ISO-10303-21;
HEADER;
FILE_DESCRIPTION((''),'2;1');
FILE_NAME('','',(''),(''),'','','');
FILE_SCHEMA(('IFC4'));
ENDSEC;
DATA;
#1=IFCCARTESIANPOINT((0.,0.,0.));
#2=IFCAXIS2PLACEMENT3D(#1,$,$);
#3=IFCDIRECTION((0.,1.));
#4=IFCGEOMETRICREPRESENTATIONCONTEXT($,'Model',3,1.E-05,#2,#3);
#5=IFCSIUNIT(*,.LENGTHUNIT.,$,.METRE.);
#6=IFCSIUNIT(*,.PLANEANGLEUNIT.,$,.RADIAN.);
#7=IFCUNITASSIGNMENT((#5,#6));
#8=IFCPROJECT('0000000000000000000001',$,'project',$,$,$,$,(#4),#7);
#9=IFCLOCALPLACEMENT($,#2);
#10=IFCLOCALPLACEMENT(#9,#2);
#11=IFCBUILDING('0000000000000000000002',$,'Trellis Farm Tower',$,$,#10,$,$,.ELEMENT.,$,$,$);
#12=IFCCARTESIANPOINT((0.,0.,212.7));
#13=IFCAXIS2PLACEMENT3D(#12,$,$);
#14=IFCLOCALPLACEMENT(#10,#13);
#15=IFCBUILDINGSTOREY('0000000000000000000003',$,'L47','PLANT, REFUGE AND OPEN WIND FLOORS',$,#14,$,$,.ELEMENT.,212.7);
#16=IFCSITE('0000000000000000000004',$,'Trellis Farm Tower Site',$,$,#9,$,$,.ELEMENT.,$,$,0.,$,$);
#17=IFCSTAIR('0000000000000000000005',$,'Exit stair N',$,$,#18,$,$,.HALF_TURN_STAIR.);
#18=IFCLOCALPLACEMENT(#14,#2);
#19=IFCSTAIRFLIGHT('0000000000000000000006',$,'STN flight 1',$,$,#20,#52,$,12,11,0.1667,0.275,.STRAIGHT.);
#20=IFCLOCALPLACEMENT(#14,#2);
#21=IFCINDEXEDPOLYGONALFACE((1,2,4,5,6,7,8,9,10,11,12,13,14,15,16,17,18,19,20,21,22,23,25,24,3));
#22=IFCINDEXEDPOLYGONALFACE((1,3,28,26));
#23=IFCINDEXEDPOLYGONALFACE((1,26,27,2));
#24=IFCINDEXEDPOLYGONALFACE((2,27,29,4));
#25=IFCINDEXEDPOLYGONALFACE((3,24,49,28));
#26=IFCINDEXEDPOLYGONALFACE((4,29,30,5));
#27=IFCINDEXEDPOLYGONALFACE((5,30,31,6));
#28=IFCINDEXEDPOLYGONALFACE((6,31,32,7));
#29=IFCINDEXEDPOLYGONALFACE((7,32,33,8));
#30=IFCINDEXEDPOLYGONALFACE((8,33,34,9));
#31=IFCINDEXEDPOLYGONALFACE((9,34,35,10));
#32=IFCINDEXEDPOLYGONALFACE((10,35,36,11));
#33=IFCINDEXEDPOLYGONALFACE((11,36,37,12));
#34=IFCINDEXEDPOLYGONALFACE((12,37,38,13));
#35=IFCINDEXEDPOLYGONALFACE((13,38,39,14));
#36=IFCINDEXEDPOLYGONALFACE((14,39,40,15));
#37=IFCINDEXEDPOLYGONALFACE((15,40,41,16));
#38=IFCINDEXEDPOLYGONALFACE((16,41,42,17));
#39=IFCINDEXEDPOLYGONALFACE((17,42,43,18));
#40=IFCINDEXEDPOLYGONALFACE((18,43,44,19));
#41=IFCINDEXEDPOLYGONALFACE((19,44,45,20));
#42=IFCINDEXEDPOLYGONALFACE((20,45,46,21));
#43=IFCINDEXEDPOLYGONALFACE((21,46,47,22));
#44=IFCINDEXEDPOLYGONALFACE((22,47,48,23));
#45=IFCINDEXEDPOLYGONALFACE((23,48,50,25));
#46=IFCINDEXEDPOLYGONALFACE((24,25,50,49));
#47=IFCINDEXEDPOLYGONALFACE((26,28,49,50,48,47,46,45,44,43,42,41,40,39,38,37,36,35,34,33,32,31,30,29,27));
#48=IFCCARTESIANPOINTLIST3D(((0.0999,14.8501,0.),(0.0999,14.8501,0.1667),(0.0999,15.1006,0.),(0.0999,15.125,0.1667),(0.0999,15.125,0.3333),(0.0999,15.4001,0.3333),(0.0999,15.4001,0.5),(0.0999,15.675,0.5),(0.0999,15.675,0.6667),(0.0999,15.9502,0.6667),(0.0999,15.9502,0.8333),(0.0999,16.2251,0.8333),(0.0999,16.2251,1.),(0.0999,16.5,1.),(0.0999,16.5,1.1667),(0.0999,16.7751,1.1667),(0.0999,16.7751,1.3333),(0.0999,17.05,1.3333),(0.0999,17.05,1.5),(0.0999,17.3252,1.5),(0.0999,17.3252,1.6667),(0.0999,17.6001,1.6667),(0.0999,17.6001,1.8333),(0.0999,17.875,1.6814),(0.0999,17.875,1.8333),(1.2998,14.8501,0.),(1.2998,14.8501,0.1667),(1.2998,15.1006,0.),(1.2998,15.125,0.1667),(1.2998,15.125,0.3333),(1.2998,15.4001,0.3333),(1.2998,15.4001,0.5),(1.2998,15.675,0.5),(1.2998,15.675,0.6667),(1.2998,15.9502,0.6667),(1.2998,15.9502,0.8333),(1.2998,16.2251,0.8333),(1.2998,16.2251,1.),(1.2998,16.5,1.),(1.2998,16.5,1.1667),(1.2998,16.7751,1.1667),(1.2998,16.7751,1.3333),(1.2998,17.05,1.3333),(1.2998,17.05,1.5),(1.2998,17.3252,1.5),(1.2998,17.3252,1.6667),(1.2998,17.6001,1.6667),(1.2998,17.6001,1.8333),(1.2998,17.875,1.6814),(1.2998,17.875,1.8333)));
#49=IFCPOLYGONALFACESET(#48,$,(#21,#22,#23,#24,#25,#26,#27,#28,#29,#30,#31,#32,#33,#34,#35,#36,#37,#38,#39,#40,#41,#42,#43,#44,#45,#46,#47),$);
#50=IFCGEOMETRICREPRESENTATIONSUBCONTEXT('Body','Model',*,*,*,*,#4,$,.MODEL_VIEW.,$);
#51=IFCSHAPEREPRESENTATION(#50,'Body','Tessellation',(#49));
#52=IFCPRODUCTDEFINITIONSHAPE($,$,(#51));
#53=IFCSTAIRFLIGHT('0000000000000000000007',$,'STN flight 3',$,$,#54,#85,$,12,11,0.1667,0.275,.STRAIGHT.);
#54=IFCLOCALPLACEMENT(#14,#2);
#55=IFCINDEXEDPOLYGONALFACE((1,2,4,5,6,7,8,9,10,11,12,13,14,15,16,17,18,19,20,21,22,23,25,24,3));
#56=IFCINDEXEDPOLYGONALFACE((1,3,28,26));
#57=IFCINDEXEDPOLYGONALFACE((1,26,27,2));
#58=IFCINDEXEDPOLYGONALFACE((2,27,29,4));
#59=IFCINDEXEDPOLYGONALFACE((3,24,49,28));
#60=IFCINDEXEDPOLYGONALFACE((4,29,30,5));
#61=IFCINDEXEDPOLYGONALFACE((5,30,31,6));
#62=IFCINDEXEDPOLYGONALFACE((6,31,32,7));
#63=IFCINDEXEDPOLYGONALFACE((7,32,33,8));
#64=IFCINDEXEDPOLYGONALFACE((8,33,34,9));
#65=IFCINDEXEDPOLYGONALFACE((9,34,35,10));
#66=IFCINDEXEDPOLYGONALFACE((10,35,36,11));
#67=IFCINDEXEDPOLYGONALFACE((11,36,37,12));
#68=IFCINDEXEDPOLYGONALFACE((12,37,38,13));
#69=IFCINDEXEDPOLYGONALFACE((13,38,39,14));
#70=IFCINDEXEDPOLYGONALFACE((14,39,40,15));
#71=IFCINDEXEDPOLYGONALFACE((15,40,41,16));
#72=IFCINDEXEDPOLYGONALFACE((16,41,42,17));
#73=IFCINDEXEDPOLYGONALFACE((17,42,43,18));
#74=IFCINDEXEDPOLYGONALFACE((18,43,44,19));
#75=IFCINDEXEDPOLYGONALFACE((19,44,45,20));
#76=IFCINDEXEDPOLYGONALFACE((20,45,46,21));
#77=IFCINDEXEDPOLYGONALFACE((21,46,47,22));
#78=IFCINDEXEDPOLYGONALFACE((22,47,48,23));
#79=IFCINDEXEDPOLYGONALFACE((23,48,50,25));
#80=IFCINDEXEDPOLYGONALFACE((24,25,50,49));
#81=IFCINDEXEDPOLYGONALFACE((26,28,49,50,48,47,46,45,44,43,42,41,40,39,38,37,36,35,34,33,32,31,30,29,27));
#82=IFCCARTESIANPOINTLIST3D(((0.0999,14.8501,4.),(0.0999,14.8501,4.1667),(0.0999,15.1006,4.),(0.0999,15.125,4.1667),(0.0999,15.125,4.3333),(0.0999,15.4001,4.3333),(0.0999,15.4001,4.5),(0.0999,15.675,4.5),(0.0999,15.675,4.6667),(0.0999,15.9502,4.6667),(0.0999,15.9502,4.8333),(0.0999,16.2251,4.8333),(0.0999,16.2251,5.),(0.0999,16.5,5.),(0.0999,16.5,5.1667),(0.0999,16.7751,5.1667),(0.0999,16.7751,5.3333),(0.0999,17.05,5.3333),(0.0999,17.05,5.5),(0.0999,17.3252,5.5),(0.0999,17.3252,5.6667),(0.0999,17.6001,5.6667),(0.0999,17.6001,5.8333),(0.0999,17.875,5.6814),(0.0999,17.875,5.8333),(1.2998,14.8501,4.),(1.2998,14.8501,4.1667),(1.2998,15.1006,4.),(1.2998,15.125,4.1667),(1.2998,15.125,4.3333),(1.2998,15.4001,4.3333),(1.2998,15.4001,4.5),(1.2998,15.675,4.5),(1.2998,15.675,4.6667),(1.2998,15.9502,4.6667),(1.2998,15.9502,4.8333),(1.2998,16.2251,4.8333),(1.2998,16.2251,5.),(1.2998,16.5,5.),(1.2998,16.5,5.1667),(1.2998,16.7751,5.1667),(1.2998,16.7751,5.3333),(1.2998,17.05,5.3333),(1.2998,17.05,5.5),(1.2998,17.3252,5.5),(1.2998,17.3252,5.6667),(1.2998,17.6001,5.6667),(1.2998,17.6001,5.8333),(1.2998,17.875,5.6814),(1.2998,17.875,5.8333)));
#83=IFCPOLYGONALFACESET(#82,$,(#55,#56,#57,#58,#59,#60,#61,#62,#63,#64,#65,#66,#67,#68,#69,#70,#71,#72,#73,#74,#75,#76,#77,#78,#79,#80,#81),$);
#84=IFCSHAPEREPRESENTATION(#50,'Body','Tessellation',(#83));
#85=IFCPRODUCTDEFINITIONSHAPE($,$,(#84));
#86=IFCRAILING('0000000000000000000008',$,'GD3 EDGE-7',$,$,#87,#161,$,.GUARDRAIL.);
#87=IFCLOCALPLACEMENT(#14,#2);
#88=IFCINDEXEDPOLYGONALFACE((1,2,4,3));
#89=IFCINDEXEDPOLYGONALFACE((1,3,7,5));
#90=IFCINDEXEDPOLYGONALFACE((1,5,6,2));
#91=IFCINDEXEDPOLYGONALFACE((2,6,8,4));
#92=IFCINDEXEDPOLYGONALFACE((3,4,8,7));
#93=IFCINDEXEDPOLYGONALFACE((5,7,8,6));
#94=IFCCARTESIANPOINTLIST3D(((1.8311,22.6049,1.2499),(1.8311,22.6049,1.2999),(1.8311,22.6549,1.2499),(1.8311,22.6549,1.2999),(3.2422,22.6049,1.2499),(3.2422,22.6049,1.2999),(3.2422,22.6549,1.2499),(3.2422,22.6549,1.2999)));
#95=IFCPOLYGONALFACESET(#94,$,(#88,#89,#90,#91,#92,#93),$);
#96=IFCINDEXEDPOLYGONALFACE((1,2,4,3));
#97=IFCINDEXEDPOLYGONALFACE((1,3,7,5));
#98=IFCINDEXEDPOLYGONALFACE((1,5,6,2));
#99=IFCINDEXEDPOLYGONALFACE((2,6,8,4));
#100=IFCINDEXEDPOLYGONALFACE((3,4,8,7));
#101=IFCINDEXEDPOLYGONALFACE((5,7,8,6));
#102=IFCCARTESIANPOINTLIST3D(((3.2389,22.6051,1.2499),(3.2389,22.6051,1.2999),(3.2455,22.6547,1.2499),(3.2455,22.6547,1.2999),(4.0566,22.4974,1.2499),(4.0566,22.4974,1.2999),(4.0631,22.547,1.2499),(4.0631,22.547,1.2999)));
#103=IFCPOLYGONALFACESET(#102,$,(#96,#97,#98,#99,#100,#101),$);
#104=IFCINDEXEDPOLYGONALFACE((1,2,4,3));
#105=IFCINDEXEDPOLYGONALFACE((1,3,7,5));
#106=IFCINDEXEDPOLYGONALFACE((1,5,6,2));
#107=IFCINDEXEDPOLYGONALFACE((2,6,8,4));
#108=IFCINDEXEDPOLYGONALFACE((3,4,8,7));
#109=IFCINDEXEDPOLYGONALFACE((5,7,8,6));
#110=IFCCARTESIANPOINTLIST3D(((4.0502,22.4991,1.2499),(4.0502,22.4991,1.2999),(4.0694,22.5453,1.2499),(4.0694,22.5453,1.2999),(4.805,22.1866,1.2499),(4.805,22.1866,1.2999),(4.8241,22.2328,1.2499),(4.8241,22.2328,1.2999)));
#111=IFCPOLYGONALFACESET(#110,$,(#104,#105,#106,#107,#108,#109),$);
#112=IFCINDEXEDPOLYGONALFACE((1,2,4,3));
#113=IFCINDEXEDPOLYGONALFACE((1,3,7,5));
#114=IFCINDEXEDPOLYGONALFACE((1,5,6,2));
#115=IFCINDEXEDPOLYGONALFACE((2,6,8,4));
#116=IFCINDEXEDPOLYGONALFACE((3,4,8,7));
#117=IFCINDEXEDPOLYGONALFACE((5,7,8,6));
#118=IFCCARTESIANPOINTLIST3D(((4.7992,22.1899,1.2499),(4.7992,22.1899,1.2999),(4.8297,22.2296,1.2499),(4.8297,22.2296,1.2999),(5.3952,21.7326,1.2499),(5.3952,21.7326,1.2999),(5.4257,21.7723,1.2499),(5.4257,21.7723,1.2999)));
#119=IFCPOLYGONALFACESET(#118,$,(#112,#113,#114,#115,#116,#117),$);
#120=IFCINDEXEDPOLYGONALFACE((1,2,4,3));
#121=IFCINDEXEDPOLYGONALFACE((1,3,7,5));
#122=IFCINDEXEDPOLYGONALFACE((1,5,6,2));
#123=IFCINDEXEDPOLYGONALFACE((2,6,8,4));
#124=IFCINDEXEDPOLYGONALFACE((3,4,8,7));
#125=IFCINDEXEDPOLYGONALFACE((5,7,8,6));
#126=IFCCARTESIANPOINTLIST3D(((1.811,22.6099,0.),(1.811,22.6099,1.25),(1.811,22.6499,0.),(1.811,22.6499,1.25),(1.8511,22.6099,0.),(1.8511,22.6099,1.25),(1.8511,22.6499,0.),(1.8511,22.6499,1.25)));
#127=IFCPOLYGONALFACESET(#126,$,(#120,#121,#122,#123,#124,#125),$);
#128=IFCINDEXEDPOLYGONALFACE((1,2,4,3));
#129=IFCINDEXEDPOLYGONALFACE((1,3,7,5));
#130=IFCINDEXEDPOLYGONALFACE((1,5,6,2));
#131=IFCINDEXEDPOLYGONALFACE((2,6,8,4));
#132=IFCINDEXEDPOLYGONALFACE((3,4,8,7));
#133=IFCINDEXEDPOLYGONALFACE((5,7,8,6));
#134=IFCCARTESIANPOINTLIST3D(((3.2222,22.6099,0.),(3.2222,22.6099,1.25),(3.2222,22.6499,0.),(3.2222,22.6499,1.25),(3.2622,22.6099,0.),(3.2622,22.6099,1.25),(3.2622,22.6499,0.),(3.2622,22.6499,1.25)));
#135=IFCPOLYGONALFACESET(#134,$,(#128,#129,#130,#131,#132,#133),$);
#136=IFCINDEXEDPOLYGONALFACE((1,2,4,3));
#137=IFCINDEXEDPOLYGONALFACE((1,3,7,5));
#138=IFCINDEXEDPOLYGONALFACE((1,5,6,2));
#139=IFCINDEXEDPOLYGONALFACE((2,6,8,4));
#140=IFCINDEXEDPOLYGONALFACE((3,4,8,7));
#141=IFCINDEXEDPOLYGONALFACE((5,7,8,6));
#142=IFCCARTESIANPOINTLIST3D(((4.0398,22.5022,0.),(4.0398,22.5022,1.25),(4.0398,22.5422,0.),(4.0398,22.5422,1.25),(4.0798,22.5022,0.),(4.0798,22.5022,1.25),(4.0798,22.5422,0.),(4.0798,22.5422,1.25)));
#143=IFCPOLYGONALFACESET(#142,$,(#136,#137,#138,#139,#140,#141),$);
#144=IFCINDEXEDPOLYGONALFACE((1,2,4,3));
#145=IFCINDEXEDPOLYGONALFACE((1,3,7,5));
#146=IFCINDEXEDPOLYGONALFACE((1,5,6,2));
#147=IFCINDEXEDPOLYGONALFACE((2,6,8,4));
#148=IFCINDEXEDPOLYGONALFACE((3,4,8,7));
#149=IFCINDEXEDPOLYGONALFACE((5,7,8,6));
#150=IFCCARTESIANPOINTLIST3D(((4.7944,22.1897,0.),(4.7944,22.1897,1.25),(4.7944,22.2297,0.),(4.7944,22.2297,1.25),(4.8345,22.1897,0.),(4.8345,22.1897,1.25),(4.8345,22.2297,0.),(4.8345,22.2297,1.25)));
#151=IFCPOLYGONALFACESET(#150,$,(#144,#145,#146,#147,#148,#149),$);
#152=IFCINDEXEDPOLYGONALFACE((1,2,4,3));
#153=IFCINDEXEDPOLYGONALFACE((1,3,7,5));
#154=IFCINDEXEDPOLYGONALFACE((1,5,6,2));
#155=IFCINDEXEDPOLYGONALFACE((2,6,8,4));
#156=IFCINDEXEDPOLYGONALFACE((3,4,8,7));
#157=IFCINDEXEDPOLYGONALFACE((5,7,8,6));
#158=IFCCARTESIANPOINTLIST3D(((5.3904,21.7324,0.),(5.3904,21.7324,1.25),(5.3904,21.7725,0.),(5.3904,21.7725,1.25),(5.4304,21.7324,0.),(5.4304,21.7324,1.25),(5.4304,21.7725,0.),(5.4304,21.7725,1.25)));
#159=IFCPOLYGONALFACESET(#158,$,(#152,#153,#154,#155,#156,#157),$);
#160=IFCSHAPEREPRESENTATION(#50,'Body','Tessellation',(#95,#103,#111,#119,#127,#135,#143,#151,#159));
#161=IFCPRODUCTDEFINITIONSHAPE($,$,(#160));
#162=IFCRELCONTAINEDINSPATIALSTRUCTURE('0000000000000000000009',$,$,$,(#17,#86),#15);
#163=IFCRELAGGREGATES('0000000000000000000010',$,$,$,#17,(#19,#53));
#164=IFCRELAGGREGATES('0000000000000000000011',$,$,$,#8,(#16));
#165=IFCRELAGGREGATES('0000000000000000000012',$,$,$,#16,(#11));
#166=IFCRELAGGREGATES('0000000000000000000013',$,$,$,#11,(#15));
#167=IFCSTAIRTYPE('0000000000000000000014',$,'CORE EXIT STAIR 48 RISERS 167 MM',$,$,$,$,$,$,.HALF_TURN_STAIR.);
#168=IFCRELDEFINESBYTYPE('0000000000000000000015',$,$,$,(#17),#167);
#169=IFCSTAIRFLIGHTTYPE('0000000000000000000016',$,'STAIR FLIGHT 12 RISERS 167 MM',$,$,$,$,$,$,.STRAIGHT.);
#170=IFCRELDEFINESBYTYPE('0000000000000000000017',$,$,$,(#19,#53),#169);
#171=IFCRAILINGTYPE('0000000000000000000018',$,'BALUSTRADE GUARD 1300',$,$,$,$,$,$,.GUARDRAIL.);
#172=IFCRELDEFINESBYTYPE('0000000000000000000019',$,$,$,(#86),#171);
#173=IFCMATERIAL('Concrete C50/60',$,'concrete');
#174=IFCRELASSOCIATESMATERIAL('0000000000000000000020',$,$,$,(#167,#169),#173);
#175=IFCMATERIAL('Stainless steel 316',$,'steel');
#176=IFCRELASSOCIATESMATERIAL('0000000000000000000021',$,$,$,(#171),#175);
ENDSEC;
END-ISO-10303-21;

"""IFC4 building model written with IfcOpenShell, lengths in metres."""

from ifc_helpers import new_model, si_unit, direction, frame, origin, origin_2d, place, context, subcontext, project, spatial, polyline, rectangle, outline, extrude, source, transform, mapped, material, type_object, element, aggregate, save


model = new_model("IFC4")

# Units and contexts
model_context = context("Model", 3, precision=1e-05, world=origin(), true_north=direction((0.0, 1.0)))
body_context = subcontext(model_context, "Body", "Model", "MODEL_VIEW")
ifc_project = project(units=[si_unit("LENGTHUNIT", "METRE"), si_unit("PLANEANGLEUNIT", "RADIAN")], contexts=[model_context])

# Site, building, storey
site_placement = place(None, origin())
site = spatial("IfcSite", under=ifc_project, at=site_placement, Name="Trellis Farm Tower Site", CompositionType="ELEMENT", RefElevation=0.0)
building_placement = place(site_placement, origin())
building = spatial("IfcBuilding", under=site, at=building_placement, Name="Trellis Farm Tower", CompositionType="ELEMENT")
storey_placement = place(building_placement, frame((0.0, 0.0, 212.7)))
storey = spatial("IfcBuildingStorey", under=building, at=storey_placement, Name="L47", Description="PLANT, REFUGE AND OPEN WIND FLOORS", CompositionType="ELEMENT", Elevation=212.7)

# Stair
ifc_material_1 = material(Name="Concrete C50/60", Category="concrete")
stair_type = type_object("IfcStairType", Name="CORE EXIT STAIR 48 RISERS 167 MM", PredefinedType="HALF_TURN_STAIR", material=ifc_material_1)
placement_1 = place(storey_placement, origin())
stair_1 = element("IfcStair", 1, at=placement_1, inside=storey, type_object=stair_type, Name="Exit stair N", PredefinedType="HALF_TURN_STAIR")

# Stair flights
stair_flight_type = type_object("IfcStairFlightType", Name="STAIR FLIGHT 12 RISERS 167 MM", PredefinedType="STRAIGHT", material=ifc_material_1)
shared_shape_1 = source(origin(), body_context, "Body", "SweptSolid", [
    extrude(outline(polyline([(0.0, 0.0), (0.0, 0.1667), (0.2749, 0.1667), (0.2749, 0.3333), (0.55, 0.3333), (0.55, 0.5), (0.825, 0.5), (0.825, 0.6667), (1.1001, 0.6667), (1.1001, 0.8333), (1.375, 0.8333), (1.375, 1.0), (1.6499, 1.0), (1.6499, 1.1667), (1.925, 1.1667), (1.925, 1.3333), (2.2, 1.3333), (2.2, 1.5), (2.4751, 1.5), (2.4751, 1.6667), (2.75, 1.6667), (2.75, 1.8333), (3.0249, 1.8333), (3.0249, 2.0), (3.0249, 1.6814), (0.2505, 0.0), (0.0, 0.0)])), frame((0.0, 0.6001, 0.0), z_axis=(0.0, -1.0, 0.0), x_axis=(1.0, 0.0, 0.0)), (0.0, 0.0, 1.0), 1.2),
])
stair_flight_1_placement = place(storey_placement, frame((0.7, 14.8501, 0.0), z_axis=(0.0, 0.0, 1.0), x_axis=(0.0, 1.0, 0.0)))
stair_flight_1 = element("IfcStairFlight", 2, at=stair_flight_1_placement, type_object=stair_flight_type, Name="STN flight 1", NumberOfRisers=12, NumberOfTreads=11, PredefinedType="STRAIGHT", RiserHeight=0.1667, TreadLength=0.275, context=body_context, shape_type="MappedRepresentation", body=[
    mapped(shared_shape_1, transform((0.0, 0.0, 0.0))),
])
stair_flight_2_placement = place(storey_placement, frame((0.7, 14.8501, 4.0), z_axis=(0.0, 0.0, 1.0), x_axis=(0.0, 1.0, 0.0)))
stair_flight_2 = element("IfcStairFlight", 3, at=stair_flight_2_placement, type_object=stair_flight_type, Name="STN flight 3", NumberOfRisers=12, NumberOfTreads=11, PredefinedType="STRAIGHT", RiserHeight=0.1667, TreadLength=0.275, context=body_context, shape_type="MappedRepresentation", body=[
    mapped(shared_shape_1, transform((0.0, 0.0, 0.0))),
])
aggregate(stair_1, [stair_flight_1, stair_flight_2])

# Railing
ifc_material_2 = material(Name="Stainless steel 316", Category="steel")
railing_type_1 = type_object("IfcRailingType", Name="BALUSTRADE GUARD 1300", PredefinedType="GUARDRAIL", material=ifc_material_2)
railing_1_placement = place(storey_placement, frame((1.8311, 22.6299, 0.0)))
element("IfcRailing", 4, at=railing_1_placement, inside=storey, type_object=railing_type_1, Name="GD3 EDGE-7", PredefinedType="GUARDRAIL", context=body_context, shape_type="SweptSolid", body=[
    extrude(rectangle(XDim=0.05, YDim=0.05, at=origin_2d()), frame((0.0, 0.0, 1.2749), z_axis=(1.0, 0.0, 0.0), x_axis=(0.0, 1.0, 0.0)), (0.0, 0.0, 1.0), 1.4111),
    extrude(rectangle(XDim=0.05, YDim=0.05, at=origin_2d()), frame((1.4111, 0.0, 1.2749), z_axis=(0.991441, -0.130554, 0.0), x_axis=(0.130554, 0.991441, 0.0)), (0.0, 0.0, 1.0), 0.8247),
    extrude(rectangle(XDim=0.05, YDim=0.05, at=origin_2d()), frame((2.2288, -0.1077, 1.2749), z_axis=(0.923915, -0.382598, 0.0), x_axis=(0.382598, 0.923915, 0.0)), (0.0, 0.0, 1.0), 0.8169),
    extrude(rectangle(XDim=0.05, YDim=0.05, at=origin_2d()), frame((2.9834, -0.4202, 1.2749), z_axis=(0.79336, -0.608752, 0.0), x_axis=(0.608752, 0.79336, 0.0)), (0.0, 0.0, 1.0), 0.7512),
    extrude(rectangle(XDim=0.04, YDim=0.04, at=origin_2d()), origin(), (0.0, 0.0, 1.0), 1.25),
    extrude(rectangle(XDim=0.04, YDim=0.04, at=origin_2d()), frame((1.4111, 0.0, 0.0)), (0.0, 0.0, 1.0), 1.25),
    extrude(rectangle(XDim=0.04, YDim=0.04, at=origin_2d()), frame((2.2288, -0.1077, 0.0)), (0.0, 0.0, 1.0), 1.25),
    extrude(rectangle(XDim=0.04, YDim=0.04, at=origin_2d()), frame((2.9834, -0.4202, 0.0)), (0.0, 0.0, 1.0), 1.25),
    extrude(rectangle(XDim=0.04, YDim=0.04, at=origin_2d()), frame((3.5793, -0.8774, 0.0)), (0.0, 0.0, 1.0), 1.25),
])

save(model, "model.ifc")
